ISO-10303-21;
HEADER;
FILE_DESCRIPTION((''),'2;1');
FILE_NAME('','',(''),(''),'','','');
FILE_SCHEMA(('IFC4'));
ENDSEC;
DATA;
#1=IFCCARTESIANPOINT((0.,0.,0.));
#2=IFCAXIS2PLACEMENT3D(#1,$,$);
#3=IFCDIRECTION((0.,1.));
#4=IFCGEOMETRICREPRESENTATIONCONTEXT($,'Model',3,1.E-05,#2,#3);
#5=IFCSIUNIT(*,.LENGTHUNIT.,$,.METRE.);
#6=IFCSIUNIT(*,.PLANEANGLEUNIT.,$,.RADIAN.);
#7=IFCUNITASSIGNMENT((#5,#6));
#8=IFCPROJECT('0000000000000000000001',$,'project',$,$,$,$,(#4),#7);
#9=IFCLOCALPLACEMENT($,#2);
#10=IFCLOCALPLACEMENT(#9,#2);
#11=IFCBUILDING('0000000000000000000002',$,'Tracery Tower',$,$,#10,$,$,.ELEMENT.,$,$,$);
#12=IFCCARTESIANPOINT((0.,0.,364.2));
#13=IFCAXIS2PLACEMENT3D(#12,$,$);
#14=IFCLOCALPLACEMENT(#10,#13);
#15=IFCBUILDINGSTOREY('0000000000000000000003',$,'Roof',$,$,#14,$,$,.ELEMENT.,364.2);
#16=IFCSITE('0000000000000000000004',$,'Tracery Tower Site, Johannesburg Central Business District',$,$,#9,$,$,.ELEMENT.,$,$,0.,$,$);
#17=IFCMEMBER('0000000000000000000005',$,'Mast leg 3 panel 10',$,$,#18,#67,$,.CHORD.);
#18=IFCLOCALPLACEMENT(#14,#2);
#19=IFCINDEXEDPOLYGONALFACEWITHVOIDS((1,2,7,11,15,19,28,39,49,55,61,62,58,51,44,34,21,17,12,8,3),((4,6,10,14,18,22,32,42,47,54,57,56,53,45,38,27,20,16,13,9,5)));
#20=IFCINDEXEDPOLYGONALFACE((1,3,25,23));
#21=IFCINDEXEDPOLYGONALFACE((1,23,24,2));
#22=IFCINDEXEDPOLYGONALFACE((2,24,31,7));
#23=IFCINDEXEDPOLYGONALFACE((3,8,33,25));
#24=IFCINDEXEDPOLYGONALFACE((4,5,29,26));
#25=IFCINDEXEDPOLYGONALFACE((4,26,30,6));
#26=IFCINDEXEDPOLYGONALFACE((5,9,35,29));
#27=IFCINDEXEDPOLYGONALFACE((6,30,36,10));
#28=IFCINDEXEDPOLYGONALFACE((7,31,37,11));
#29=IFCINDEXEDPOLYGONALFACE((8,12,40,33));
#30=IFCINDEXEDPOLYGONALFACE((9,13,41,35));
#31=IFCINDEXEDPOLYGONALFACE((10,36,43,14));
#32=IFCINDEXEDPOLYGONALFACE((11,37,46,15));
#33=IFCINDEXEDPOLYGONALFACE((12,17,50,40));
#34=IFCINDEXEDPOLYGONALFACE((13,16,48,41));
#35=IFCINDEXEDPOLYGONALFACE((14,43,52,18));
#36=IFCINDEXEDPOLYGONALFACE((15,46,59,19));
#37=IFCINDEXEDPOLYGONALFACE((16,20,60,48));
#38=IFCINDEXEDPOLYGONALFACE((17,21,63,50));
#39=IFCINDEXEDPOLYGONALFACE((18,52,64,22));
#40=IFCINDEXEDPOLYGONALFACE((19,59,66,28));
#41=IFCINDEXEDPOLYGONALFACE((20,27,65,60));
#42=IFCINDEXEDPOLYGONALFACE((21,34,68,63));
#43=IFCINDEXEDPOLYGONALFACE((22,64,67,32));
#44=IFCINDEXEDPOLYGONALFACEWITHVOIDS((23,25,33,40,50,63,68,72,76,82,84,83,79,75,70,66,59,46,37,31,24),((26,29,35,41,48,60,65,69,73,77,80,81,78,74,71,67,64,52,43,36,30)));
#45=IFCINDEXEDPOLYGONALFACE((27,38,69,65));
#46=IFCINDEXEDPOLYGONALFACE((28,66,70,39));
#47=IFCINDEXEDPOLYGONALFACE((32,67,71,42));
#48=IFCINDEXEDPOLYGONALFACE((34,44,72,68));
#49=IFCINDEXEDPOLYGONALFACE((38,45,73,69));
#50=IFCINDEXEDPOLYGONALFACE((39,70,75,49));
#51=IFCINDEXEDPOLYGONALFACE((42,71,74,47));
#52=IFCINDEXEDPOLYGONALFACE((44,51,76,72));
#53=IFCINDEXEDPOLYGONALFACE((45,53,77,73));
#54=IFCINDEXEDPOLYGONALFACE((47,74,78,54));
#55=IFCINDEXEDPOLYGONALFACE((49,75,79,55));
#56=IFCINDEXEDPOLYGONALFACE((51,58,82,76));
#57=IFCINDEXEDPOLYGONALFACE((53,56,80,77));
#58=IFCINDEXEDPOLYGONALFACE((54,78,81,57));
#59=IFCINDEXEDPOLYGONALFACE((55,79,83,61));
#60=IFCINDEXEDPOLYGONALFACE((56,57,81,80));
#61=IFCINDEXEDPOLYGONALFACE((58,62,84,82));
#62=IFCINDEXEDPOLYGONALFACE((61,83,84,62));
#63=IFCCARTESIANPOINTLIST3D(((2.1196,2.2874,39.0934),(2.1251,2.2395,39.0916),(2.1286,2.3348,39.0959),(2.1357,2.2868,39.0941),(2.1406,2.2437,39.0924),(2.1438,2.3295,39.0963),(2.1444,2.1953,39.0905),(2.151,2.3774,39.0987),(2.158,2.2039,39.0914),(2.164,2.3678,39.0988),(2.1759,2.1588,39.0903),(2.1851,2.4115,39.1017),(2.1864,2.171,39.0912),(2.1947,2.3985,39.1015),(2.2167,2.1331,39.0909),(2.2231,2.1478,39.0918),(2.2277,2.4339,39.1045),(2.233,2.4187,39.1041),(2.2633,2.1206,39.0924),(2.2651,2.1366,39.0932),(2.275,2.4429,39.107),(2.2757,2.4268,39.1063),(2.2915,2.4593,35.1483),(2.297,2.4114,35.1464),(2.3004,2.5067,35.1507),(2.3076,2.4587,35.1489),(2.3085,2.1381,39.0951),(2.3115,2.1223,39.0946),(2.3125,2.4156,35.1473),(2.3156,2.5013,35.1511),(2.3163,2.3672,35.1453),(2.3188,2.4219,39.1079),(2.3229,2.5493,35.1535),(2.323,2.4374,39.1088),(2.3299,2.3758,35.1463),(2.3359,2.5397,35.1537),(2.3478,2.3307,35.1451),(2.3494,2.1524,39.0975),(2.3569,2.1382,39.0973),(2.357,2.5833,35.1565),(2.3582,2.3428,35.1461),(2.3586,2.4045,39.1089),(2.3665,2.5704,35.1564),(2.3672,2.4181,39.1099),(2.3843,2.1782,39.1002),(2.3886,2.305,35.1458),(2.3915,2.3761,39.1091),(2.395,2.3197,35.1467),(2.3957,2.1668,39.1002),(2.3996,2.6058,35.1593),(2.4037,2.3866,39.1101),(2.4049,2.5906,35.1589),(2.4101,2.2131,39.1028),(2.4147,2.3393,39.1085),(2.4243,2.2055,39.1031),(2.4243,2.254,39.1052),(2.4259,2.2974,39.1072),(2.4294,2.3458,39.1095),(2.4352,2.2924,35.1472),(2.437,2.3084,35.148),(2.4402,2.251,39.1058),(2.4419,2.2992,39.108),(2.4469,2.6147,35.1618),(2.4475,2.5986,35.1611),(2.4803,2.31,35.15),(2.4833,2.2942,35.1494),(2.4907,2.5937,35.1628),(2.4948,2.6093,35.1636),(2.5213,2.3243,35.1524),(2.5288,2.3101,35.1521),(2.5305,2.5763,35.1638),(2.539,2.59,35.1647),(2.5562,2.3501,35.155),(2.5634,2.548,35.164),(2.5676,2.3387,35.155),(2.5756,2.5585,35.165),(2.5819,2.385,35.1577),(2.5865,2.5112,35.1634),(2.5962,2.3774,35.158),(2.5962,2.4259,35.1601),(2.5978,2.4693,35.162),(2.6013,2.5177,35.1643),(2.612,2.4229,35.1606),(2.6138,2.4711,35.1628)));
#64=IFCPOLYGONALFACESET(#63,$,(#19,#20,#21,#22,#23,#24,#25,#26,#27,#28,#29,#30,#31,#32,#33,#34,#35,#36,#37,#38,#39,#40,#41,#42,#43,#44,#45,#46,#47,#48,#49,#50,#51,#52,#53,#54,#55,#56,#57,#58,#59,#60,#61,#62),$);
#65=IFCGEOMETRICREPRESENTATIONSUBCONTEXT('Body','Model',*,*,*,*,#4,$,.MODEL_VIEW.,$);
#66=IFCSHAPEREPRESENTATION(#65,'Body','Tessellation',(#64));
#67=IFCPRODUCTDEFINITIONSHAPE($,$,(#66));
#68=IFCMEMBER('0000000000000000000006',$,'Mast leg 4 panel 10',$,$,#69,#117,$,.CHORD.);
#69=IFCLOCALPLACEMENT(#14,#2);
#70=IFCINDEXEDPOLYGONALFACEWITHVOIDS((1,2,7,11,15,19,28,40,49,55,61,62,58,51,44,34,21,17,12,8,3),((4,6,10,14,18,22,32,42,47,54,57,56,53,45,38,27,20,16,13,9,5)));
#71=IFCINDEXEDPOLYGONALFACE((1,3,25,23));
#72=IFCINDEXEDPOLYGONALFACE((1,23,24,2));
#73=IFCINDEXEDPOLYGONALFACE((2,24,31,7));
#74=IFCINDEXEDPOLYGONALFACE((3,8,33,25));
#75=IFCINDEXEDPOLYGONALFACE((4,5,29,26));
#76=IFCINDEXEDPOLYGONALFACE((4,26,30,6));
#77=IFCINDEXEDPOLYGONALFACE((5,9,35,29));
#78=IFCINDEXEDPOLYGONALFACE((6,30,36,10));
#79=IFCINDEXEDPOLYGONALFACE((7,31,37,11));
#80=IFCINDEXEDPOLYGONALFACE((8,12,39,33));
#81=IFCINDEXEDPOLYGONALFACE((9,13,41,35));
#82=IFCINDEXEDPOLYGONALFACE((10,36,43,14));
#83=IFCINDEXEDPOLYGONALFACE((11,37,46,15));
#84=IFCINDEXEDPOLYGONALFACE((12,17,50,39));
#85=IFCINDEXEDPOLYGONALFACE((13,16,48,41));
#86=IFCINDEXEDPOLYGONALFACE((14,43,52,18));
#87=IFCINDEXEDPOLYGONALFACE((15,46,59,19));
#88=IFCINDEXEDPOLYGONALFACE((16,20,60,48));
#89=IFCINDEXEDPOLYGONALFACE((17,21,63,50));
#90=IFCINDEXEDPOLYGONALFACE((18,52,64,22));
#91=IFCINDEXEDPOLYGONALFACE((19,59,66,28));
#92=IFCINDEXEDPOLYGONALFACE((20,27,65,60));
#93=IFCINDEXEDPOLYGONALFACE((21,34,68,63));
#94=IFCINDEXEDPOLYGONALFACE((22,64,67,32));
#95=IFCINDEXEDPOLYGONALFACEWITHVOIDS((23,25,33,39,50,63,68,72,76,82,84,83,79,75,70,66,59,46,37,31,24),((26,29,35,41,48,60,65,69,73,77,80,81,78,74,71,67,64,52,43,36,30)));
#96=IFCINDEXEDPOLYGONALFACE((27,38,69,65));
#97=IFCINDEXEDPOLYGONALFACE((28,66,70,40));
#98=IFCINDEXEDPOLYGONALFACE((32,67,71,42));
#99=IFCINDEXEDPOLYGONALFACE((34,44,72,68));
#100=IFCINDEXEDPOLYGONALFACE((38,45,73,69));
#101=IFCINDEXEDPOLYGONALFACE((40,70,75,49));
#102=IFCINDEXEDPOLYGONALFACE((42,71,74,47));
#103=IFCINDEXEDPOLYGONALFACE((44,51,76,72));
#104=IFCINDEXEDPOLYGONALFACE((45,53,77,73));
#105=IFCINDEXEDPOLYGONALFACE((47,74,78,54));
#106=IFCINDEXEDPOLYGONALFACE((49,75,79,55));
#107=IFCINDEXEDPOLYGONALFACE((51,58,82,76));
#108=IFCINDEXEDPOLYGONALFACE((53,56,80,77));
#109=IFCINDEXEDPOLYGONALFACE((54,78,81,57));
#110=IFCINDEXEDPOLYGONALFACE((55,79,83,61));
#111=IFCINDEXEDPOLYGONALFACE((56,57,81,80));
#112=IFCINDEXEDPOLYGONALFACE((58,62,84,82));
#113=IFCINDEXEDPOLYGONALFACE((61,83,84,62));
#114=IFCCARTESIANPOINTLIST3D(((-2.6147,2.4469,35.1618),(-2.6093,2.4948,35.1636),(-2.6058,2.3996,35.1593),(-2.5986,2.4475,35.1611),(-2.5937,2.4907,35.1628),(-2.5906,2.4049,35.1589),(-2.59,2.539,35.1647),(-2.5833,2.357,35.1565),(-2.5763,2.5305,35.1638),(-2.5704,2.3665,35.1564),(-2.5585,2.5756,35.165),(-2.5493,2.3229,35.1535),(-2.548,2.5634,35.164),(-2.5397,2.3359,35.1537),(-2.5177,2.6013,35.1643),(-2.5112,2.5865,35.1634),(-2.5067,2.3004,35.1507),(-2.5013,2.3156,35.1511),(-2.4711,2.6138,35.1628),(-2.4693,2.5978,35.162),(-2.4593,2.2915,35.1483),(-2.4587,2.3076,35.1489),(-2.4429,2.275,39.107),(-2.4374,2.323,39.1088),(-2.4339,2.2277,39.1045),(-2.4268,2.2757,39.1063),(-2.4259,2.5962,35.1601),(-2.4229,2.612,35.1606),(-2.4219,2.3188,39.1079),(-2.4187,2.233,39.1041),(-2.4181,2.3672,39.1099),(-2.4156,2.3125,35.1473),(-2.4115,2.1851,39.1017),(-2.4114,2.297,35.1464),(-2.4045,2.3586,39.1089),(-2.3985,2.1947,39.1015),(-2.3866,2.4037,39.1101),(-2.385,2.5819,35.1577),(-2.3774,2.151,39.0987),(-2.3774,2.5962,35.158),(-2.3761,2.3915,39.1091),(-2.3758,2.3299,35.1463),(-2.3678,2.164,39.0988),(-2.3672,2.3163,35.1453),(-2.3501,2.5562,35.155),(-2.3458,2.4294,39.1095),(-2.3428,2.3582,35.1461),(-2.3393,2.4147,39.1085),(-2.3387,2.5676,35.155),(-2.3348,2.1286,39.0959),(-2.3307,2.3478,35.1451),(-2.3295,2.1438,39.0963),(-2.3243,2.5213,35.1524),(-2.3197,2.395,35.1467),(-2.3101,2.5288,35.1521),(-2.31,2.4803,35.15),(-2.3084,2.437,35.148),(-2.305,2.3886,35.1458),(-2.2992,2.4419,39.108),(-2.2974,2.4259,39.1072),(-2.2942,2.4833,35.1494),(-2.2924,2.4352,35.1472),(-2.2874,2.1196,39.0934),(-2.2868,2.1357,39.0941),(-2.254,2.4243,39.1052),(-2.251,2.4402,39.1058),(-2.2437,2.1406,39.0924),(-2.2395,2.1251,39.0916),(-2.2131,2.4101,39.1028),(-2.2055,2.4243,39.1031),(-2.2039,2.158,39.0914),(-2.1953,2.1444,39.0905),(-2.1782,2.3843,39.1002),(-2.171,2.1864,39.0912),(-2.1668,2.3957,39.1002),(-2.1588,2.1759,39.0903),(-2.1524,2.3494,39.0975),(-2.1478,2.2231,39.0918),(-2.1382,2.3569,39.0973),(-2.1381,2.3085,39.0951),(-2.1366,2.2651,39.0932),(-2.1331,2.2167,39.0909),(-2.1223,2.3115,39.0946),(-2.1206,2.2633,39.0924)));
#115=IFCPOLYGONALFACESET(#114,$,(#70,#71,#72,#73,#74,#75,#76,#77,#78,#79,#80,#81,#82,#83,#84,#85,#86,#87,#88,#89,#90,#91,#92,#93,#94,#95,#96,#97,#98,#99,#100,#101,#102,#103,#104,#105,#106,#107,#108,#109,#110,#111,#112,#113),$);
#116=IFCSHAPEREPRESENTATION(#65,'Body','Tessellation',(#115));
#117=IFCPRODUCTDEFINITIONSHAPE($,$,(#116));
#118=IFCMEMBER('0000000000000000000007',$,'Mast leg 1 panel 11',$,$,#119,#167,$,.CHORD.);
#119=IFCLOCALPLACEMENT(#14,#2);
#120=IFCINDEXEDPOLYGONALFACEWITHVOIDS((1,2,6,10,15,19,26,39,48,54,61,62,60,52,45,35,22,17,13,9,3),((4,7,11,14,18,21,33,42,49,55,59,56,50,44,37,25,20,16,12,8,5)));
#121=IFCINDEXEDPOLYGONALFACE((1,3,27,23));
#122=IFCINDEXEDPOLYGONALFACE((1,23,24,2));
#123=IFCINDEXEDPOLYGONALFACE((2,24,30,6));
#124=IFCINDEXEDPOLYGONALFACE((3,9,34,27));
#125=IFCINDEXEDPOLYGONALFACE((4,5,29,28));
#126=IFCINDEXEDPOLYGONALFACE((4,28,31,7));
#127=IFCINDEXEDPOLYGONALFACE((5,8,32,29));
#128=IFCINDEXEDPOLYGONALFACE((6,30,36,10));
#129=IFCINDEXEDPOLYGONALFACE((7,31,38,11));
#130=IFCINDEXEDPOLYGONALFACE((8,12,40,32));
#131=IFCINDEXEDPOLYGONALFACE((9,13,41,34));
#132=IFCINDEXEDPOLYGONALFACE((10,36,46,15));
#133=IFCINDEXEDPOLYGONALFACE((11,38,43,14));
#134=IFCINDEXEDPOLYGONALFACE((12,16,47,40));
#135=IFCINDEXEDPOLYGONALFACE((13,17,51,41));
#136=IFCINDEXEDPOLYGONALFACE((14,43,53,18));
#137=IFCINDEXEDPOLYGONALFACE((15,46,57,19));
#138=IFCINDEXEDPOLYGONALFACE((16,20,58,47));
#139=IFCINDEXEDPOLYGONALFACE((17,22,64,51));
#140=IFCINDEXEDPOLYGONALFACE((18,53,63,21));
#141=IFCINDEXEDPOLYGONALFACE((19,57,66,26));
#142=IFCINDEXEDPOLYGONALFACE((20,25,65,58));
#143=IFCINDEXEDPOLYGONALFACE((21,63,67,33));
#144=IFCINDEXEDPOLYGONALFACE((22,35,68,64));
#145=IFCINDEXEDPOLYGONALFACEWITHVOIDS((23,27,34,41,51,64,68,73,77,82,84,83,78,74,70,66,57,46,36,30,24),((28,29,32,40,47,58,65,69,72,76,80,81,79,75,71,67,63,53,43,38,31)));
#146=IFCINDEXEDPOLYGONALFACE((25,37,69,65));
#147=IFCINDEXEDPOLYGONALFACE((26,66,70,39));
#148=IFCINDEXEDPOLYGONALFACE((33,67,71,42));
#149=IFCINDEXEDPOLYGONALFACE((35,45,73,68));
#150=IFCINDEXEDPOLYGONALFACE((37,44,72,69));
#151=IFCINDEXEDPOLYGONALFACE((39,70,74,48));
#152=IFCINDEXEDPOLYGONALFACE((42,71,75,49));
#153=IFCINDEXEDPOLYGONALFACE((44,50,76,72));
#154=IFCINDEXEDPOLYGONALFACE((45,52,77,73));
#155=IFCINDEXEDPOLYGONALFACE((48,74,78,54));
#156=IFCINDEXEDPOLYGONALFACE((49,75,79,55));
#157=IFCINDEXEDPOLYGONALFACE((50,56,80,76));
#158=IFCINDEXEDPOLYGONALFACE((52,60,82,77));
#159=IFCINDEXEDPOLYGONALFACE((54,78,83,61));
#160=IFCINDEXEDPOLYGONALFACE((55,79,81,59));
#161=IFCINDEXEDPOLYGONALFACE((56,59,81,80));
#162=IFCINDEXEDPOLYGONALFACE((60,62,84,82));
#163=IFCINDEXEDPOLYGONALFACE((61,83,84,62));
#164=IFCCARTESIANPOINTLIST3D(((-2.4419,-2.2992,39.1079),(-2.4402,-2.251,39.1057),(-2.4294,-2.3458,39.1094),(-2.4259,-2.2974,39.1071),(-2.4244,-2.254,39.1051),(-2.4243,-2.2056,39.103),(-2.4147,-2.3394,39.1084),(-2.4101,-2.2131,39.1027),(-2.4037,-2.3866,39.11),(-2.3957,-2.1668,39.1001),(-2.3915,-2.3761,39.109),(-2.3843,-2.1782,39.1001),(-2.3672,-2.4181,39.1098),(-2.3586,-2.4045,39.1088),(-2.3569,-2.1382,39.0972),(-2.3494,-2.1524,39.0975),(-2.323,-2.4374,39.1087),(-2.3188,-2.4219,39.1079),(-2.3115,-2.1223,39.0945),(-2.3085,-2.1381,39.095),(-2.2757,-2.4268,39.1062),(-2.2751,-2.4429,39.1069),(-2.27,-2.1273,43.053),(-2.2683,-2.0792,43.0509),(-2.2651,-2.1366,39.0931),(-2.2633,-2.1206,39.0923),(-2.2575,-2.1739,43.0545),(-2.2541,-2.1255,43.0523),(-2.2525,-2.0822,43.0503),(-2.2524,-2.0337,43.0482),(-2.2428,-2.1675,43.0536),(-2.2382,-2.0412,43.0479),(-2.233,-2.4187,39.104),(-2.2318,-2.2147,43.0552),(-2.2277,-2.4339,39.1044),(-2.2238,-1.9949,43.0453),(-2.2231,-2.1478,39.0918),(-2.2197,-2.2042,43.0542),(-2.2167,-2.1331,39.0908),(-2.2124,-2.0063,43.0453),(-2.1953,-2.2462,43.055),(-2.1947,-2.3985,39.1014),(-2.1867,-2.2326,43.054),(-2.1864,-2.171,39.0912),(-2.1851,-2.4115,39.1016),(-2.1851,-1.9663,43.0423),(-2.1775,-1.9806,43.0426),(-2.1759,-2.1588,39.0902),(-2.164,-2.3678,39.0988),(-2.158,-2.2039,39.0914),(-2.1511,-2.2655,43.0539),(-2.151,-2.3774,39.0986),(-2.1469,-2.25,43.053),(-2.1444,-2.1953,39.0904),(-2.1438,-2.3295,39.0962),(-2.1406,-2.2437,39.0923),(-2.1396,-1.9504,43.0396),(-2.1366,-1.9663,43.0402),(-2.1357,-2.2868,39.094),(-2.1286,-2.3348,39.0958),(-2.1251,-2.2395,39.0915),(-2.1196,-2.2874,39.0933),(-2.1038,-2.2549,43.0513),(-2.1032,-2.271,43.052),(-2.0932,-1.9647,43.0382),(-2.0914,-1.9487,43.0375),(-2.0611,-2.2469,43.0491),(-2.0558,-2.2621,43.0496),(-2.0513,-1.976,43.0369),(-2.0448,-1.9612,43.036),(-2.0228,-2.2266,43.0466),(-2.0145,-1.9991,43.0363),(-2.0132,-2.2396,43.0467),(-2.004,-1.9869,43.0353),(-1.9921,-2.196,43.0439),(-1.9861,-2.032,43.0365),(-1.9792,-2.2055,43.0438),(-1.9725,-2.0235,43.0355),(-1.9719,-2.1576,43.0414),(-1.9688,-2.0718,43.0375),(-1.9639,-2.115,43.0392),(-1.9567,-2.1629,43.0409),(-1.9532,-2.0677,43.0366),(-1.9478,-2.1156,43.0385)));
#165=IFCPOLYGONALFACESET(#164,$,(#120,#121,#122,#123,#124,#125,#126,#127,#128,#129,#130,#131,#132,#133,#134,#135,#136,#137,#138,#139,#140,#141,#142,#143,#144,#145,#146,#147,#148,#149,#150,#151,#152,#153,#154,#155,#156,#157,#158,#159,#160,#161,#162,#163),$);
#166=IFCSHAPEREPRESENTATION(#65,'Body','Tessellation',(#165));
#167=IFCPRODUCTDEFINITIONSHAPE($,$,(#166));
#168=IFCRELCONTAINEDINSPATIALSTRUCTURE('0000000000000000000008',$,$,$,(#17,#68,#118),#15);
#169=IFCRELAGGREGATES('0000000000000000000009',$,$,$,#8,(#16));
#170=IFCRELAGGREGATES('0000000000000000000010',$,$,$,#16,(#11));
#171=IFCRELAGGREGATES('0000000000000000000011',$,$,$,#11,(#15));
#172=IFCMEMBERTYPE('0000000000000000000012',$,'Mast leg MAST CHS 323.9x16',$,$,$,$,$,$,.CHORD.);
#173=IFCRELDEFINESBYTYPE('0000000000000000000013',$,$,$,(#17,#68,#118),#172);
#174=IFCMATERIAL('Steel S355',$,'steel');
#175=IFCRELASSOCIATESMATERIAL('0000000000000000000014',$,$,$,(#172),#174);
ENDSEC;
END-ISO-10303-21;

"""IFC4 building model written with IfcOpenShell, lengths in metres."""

from ifc_helpers import new_model, si_unit, direction, frame, origin, origin_2d, place, context, subcontext, project, spatial, hollow_circle, extrude, material, material_profile, profile_set, type_object, element, save


model = new_model("IFC4")

# Units and contexts
model_context = context("Model", 3, precision=1e-05, world=origin(), true_north=direction((0.0, 1.0)))
body_context = subcontext(model_context, "Body", "Model", "MODEL_VIEW")
ifc_project = project(units=[si_unit("LENGTHUNIT", "METRE"), si_unit("PLANEANGLEUNIT", "RADIAN")], contexts=[model_context])

# Site, building, storey
site_placement = place(None, origin())
site = spatial("IfcSite", under=ifc_project, at=site_placement, Name="Tracery Tower Site, Johannesburg Central Business District", CompositionType="ELEMENT", RefElevation=0.0)
building_placement = place(site_placement, origin())
building = spatial("IfcBuilding", under=site, at=building_placement, Name="Tracery Tower", CompositionType="ELEMENT")
storey_placement = place(building_placement, frame((0.0, 0.0, 364.2)))
storey = spatial("IfcBuildingStorey", under=building, at=storey_placement, Name="Roof", CompositionType="ELEMENT", Elevation=364.2)

# Members
ifc_material_1 = material(Name="Steel S355", Category="steel")
ifc_material_profile_1 = material_profile(ifc_material_1, hollow_circle(Radius=0.1619, WallThickness=0.0161, at=origin_2d()), Name="CHS 323.9x16")
ifc_profile_set_1 = profile_set([ifc_material_profile_1], Name="Steel S355")
member_type_1 = type_object("IfcMemberType", Name="Mast leg MAST CHS 323.9x16", PredefinedType="CHORD", material=ifc_profile_set_1)
for number, where, z_axis, x_axis, name in (
    (1, (2.4531, 2.4531, 35.155), (-0.043485, -0.043485, 0.998107), (0.707107, -0.707107, 0.0), "Mast leg 3 panel 10"),
    (2, (-2.4531, 2.4531, 35.155), (0.043485, -0.043485, 0.998107), (0.707107, 0.707107, 0.0), "Mast leg 4 panel 10"),
    (3, (-2.2812, -2.2812, 39.1001), (0.043485, 0.043485, 0.998107), (-0.707107, 0.707107, 0.0), "Mast leg 1 panel 11"),
):
    element("IfcMember", number, at=place(storey_placement, frame(where, z_axis=z_axis, x_axis=x_axis)), inside=storey, type_object=member_type_1, Name=name, PredefinedType="CHORD", context=body_context, shape_type="SweptSolid", body=[
        extrude(hollow_circle(Radius=0.1619, WallThickness=0.0161, at=origin_2d()), origin(), (0.0, 0.0, 1.0), 3.9526),
    ])

save(model, "model.ifc")
